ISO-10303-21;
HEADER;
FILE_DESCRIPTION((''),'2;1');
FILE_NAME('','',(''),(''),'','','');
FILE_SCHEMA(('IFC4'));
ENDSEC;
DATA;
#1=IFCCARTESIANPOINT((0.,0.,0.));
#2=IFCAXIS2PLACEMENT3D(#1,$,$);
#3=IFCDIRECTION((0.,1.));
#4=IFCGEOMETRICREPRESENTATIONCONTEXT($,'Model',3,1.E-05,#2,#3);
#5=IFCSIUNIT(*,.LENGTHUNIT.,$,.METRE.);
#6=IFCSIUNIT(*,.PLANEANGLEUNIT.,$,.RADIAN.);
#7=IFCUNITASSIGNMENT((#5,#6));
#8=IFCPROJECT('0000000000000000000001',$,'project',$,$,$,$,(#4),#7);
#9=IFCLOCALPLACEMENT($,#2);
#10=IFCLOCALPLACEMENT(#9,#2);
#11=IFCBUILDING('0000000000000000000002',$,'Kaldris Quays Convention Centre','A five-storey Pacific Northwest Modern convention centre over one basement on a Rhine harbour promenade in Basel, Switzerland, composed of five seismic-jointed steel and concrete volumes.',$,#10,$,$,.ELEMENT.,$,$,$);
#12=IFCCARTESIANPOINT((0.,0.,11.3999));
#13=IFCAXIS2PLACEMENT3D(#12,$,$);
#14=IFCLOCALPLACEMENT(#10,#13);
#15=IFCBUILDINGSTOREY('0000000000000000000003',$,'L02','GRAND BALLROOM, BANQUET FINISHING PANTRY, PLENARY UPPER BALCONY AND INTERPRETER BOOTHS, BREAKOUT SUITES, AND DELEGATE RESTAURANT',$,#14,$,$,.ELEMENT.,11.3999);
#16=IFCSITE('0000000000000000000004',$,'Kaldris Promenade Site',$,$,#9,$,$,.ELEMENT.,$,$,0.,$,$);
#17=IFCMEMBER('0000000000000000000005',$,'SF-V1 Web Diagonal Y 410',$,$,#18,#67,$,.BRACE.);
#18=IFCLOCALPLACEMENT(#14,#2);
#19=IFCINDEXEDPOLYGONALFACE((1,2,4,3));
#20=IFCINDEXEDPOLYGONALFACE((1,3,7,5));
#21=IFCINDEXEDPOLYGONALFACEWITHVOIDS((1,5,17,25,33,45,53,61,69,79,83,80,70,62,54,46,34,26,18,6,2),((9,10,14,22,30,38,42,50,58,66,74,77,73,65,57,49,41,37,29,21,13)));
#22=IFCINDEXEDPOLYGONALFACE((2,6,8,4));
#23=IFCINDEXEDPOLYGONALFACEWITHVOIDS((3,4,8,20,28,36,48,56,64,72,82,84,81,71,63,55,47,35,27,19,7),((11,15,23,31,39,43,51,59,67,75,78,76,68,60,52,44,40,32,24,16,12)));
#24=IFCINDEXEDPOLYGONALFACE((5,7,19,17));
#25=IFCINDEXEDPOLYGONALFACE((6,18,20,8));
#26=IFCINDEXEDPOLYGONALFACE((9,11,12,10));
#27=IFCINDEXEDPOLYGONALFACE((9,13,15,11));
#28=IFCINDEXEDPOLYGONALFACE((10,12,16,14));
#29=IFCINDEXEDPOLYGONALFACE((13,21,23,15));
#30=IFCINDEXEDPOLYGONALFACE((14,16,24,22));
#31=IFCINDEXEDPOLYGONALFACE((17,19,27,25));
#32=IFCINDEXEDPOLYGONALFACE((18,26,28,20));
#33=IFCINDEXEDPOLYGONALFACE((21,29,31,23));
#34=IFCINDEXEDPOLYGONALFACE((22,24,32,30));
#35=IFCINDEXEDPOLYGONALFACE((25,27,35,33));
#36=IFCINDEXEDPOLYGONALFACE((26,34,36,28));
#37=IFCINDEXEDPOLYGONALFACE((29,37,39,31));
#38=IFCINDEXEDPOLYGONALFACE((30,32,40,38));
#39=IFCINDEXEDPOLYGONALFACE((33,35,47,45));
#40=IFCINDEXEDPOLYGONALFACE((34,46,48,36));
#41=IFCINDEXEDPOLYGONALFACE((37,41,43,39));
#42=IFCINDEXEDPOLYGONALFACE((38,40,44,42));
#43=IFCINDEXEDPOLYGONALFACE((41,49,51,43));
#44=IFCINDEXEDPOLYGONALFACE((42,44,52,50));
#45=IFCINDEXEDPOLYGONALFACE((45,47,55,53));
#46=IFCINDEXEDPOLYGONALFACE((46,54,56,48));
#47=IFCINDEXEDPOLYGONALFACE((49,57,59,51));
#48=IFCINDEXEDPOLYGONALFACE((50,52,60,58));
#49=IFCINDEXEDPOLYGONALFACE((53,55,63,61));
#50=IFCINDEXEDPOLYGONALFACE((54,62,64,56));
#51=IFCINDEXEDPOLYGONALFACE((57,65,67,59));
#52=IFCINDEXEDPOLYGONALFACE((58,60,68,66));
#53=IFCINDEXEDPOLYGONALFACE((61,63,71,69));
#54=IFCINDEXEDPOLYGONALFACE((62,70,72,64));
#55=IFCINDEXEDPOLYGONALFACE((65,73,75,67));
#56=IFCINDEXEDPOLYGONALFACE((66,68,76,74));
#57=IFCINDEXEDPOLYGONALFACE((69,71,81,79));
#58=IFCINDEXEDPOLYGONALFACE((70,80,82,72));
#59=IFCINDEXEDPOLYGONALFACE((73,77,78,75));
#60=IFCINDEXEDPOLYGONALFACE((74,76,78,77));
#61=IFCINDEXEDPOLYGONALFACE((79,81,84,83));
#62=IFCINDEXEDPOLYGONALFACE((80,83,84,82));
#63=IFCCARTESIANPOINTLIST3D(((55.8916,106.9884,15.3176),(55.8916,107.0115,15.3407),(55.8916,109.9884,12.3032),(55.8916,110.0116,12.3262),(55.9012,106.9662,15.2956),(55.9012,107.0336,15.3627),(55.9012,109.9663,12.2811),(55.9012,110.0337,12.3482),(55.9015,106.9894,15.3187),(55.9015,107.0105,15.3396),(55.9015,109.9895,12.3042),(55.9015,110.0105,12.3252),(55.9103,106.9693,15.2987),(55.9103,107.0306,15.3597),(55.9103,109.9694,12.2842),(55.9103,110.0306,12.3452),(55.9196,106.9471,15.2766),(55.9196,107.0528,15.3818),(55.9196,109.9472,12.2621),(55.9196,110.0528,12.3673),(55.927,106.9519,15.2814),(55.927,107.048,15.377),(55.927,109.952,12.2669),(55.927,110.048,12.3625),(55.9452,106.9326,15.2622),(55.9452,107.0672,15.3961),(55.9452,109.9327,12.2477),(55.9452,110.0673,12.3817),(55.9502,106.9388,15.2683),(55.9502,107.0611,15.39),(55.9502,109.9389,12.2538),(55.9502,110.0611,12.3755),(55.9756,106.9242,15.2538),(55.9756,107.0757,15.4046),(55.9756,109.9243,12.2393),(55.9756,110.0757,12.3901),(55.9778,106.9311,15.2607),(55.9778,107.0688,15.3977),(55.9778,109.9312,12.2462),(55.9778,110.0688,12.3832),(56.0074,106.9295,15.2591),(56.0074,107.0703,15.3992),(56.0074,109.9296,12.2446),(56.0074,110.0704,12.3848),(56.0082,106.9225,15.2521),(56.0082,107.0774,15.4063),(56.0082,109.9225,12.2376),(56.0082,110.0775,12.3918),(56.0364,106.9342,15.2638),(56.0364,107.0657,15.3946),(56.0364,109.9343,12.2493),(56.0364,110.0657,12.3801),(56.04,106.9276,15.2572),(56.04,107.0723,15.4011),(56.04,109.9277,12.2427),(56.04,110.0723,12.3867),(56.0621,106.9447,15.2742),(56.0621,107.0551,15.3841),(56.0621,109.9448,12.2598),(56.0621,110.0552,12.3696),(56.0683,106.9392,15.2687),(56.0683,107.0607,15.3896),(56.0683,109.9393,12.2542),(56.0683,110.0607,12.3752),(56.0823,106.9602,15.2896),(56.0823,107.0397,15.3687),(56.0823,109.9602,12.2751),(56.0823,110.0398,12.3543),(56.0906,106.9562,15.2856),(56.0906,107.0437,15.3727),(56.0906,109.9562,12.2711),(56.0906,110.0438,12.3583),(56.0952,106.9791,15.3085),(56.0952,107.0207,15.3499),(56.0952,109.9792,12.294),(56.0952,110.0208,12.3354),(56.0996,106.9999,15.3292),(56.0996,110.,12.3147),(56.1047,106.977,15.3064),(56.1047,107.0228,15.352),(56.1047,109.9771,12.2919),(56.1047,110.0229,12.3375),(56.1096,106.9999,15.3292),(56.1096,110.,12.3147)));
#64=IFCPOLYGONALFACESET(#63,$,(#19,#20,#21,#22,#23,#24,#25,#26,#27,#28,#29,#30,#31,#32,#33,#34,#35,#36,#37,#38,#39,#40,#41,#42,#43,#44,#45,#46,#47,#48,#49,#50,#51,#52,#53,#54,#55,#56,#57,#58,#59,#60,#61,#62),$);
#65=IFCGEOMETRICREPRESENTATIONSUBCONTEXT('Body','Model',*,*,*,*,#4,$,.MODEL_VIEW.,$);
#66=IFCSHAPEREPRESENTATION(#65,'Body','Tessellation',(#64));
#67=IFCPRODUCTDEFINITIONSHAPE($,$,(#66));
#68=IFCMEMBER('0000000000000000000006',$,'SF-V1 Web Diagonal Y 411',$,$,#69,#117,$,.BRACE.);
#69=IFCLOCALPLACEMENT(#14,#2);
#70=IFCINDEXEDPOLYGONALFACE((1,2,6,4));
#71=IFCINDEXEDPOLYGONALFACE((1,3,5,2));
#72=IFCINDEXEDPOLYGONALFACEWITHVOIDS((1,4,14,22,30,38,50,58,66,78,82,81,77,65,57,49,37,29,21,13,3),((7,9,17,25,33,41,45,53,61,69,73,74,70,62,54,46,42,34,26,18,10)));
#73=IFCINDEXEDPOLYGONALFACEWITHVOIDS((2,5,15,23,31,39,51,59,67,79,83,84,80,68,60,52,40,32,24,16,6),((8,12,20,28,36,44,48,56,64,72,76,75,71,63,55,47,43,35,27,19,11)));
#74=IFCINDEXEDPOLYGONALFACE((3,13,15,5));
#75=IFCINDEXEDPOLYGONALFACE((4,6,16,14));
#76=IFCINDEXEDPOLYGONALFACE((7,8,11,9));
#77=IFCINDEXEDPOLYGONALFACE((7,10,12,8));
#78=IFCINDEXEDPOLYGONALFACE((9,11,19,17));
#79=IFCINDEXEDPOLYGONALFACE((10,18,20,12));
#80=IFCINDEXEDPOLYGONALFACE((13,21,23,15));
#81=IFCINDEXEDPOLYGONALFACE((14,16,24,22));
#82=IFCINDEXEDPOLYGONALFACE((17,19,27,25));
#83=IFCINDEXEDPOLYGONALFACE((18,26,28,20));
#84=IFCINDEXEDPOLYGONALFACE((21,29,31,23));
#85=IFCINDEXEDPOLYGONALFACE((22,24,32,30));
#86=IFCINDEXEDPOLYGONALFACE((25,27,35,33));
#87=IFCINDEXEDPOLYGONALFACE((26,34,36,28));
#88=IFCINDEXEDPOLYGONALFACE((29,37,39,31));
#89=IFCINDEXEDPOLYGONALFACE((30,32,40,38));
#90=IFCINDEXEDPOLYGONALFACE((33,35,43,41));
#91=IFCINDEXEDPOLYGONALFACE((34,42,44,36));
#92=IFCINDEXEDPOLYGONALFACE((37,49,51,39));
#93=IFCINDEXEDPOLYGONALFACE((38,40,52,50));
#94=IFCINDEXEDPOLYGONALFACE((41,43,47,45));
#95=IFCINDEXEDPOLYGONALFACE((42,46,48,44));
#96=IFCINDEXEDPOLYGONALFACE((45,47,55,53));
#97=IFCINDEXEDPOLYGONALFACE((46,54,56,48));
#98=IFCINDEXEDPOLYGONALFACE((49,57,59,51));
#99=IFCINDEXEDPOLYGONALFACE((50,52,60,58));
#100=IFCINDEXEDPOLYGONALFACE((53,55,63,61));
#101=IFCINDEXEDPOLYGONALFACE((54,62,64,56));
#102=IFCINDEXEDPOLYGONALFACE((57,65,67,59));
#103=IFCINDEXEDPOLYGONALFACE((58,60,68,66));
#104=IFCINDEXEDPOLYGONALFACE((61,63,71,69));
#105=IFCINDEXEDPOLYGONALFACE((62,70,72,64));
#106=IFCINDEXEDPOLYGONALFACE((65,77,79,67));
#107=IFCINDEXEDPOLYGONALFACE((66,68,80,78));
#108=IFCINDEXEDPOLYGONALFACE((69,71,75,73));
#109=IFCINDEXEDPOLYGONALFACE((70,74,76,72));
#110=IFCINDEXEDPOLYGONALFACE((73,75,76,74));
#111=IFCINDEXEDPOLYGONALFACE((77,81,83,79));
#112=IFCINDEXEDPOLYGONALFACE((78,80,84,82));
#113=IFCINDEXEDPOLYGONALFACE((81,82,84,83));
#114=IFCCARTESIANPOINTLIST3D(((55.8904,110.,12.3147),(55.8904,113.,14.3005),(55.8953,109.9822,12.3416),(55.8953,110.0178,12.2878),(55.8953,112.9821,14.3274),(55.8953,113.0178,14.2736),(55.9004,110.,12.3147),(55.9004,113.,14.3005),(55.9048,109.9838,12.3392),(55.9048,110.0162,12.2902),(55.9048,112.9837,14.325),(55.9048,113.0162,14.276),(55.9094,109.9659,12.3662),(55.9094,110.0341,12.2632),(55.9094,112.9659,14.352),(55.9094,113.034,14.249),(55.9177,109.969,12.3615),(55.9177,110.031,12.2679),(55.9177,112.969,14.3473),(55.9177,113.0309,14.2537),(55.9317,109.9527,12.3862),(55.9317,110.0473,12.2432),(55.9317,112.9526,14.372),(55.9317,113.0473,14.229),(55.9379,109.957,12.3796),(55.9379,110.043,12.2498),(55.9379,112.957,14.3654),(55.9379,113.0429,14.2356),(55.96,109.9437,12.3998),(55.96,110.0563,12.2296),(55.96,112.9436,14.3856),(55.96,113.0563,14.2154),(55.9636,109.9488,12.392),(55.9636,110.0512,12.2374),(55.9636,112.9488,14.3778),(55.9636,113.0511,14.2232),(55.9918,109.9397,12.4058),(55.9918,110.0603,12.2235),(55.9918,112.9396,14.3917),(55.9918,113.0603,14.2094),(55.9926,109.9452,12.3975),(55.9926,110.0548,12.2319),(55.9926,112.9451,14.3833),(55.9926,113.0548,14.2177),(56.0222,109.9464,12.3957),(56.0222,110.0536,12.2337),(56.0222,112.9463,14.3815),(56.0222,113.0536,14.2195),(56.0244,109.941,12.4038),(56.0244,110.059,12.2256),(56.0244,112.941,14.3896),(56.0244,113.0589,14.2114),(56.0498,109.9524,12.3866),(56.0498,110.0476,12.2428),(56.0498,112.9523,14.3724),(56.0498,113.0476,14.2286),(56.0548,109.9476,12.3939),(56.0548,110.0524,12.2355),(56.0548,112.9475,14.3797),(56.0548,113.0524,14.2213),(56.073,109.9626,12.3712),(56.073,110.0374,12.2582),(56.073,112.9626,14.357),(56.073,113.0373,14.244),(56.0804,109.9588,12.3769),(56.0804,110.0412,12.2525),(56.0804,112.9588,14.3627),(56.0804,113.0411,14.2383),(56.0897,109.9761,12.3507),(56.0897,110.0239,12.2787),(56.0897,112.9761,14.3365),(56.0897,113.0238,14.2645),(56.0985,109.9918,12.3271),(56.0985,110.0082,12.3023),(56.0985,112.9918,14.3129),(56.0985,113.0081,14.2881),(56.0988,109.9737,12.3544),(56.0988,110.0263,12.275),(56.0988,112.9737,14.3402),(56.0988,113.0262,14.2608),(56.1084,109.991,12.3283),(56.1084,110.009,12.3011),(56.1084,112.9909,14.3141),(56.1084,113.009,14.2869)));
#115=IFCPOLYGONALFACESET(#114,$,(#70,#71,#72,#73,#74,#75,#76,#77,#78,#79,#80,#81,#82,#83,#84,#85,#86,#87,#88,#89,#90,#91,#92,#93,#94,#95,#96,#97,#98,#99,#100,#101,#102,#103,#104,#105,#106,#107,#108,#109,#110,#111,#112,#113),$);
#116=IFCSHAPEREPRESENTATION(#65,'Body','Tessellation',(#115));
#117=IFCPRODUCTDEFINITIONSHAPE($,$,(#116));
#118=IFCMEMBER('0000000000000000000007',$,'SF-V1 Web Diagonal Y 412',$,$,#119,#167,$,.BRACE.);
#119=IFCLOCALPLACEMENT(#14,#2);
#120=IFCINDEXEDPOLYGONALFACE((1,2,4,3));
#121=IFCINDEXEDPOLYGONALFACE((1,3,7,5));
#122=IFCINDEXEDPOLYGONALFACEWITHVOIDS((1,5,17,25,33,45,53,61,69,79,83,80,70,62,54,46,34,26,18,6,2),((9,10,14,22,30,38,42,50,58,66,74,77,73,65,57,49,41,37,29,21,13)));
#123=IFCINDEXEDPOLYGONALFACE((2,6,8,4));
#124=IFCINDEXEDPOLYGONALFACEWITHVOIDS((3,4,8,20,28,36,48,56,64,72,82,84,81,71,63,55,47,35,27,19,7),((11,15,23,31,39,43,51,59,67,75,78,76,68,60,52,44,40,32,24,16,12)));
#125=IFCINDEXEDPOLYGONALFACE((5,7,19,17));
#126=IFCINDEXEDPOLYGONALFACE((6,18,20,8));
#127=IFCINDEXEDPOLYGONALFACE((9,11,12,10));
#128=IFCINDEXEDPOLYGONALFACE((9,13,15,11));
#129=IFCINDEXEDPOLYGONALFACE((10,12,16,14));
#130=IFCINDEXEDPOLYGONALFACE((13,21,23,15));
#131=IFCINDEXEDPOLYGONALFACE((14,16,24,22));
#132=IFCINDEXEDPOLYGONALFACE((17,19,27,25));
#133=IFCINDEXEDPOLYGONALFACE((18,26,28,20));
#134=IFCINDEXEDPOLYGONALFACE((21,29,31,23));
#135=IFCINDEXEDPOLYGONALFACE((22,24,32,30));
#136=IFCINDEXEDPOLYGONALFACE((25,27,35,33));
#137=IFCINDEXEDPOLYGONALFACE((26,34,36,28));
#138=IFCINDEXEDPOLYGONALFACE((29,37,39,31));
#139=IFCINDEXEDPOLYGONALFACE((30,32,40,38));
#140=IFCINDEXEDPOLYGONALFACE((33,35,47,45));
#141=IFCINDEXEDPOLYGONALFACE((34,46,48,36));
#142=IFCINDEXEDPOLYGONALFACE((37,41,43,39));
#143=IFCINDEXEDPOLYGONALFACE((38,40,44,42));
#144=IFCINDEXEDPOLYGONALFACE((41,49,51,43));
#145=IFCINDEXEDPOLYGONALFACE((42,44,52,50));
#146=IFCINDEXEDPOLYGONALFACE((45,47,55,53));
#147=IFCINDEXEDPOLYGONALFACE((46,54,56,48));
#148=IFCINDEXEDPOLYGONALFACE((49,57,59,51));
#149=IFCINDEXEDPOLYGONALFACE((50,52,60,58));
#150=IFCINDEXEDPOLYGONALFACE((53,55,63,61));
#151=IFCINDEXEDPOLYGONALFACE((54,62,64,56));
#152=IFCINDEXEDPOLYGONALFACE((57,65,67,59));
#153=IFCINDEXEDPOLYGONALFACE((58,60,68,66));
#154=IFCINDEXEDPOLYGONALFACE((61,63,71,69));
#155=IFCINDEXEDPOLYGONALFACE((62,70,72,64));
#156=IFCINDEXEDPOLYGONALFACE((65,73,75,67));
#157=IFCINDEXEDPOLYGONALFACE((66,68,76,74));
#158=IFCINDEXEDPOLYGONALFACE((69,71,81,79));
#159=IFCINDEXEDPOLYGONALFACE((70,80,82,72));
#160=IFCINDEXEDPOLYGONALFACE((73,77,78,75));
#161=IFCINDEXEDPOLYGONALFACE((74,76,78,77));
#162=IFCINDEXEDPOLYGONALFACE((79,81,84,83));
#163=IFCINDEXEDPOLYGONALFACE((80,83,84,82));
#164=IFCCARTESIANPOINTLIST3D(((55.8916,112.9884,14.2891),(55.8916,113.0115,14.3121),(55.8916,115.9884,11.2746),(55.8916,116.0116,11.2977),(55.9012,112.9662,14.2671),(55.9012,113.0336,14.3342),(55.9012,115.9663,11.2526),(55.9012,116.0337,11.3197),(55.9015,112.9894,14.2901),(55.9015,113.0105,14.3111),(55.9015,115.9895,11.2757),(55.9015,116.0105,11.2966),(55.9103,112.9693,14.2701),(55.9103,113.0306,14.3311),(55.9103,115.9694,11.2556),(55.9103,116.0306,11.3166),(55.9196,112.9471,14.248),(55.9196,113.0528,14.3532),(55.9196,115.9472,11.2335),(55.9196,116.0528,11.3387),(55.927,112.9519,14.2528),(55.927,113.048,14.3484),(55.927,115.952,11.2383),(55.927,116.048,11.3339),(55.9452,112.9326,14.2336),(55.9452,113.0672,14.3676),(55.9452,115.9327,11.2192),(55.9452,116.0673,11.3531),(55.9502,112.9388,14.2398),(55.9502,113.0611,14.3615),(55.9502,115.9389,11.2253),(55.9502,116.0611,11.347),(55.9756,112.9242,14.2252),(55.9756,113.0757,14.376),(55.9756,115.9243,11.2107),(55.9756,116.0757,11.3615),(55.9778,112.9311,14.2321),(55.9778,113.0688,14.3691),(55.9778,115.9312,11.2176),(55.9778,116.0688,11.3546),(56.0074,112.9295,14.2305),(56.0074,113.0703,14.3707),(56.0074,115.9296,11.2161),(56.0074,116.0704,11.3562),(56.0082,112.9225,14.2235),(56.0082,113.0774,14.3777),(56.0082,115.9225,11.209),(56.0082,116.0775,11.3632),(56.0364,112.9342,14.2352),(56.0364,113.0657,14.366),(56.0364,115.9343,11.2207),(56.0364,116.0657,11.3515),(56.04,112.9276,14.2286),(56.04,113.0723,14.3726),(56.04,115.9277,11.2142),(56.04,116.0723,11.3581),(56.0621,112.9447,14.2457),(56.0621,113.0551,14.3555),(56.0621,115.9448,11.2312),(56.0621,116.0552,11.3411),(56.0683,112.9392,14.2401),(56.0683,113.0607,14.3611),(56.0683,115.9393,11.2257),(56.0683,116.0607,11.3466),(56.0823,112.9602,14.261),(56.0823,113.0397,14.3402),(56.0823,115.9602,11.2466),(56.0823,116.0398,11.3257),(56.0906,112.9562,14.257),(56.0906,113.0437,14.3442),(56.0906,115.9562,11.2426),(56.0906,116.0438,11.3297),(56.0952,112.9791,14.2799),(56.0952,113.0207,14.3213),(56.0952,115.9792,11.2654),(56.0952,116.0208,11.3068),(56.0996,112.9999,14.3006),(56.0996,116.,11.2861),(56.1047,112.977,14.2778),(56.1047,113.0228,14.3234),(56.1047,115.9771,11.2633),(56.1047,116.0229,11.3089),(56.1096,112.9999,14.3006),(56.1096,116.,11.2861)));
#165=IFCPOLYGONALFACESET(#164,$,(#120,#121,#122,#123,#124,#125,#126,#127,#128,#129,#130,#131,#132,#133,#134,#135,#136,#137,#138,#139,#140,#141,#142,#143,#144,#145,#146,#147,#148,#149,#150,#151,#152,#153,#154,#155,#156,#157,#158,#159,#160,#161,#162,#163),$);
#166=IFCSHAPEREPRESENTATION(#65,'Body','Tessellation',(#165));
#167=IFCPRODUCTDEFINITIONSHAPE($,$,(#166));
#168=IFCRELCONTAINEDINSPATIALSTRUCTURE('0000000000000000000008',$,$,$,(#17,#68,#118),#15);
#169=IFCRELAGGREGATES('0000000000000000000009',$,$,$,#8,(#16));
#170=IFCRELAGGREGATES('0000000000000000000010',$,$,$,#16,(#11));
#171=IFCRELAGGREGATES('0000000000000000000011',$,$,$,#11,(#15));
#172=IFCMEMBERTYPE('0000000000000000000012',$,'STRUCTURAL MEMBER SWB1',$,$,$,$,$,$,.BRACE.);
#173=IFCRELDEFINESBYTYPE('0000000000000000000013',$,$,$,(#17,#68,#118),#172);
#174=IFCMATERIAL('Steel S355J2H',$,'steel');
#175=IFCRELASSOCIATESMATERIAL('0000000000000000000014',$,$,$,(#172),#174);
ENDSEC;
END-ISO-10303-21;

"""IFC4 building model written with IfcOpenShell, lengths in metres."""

from ifc_helpers import new_model, si_unit, direction, frame, origin, origin_2d, place, context, subcontext, project, spatial, hollow_circle, extrude, material, material_profile, profile_set, type_object, element, save


model = new_model("IFC4")

# Units and contexts
model_context = context("Model", 3, precision=1e-05, world=origin(), true_north=direction((0.0, 1.0)))
body_context = subcontext(model_context, "Body", "Model", "MODEL_VIEW")
ifc_project = project(units=[si_unit("LENGTHUNIT", "METRE"), si_unit("PLANEANGLEUNIT", "RADIAN")], contexts=[model_context])

# Site, building, storey
site_placement = place(None, origin())
site = spatial("IfcSite", under=ifc_project, at=site_placement, Name="Kaldris Promenade Site", CompositionType="ELEMENT", RefElevation=0.0)
building_placement = place(site_placement, origin())
building = spatial("IfcBuilding", under=site, at=building_placement, Name="Kaldris Quays Convention Centre", Description="A five-storey Pacific Northwest Modern convention centre over one basement on a Rhine harbour promenade in Basel, Switzerland, composed of five seismic-jointed steel and concrete volumes.", CompositionType="ELEMENT")
storey_placement = place(building_placement, frame((0.0, 0.0, 11.3999)))
storey = spatial("IfcBuildingStorey", under=building, at=storey_placement, Name="L02", Description="GRAND BALLROOM, BANQUET FINISHING PANTRY, PLENARY UPPER BALCONY AND INTERPRETER BOOTHS, BREAKOUT SUITES, AND DELEGATE RESTAURANT", CompositionType="ELEMENT", Elevation=11.3999)

# Members
ifc_material_1 = material(Name="Steel S355J2H", Category="steel")
ifc_material_profile_1 = material_profile(ifc_material_1, hollow_circle(Radius=0.1096, WallThickness=0.01, at=origin_2d()), Name="CHS 219.1x10")
ifc_profile_set_1 = profile_set([ifc_material_profile_1], Name="Steel S355J2H")
member_type_1 = type_object("IfcMemberType", Name="STRUCTURAL MEMBER SWB1", PredefinedType="BRACE", material=ifc_profile_set_1)
member_1_placement = place(storey_placement, frame((56.0, 110.0, 12.3147), z_axis=(0.0, -0.705411, 0.708798), x_axis=(1.0, 0.0, 0.0)))
element("IfcMember", 1, at=member_1_placement, inside=storey, type_object=member_type_1, Name="SF-V1 Web Diagonal Y 410", PredefinedType="BRACE", context=body_context, shape_type="SweptSolid", body=[
    extrude(hollow_circle(Radius=0.1096, WallThickness=0.01, at=origin_2d()), origin(), (0.0, 0.0, 1.0), 4.2529),
])
member_2_placement = place(storey_placement, frame((56.0, 110.0, 12.3147), z_axis=(0.0, 0.833862, 0.551972), x_axis=(-1.0, 0.0, 0.0)))
element("IfcMember", 2, at=member_2_placement, inside=storey, type_object=member_type_1, Name="SF-V1 Web Diagonal Y 411", PredefinedType="BRACE", context=body_context, shape_type="SweptSolid", body=[
    extrude(hollow_circle(Radius=0.1096, WallThickness=0.01, at=origin_2d()), origin(), (0.0, 0.0, 1.0), 3.5977),
])
member_3_placement = place(storey_placement, frame((56.0, 116.0, 11.2861), z_axis=(0.0, -0.705411, 0.708798), x_axis=(1.0, 0.0, 0.0)))
element("IfcMember", 3, at=member_3_placement, inside=storey, type_object=member_type_1, Name="SF-V1 Web Diagonal Y 412", PredefinedType="BRACE", context=body_context, shape_type="SweptSolid", body=[
    extrude(hollow_circle(Radius=0.1096, WallThickness=0.01, at=origin_2d()), origin(), (0.0, 0.0, 1.0), 4.2529),
])

save(model, "model.ifc")
